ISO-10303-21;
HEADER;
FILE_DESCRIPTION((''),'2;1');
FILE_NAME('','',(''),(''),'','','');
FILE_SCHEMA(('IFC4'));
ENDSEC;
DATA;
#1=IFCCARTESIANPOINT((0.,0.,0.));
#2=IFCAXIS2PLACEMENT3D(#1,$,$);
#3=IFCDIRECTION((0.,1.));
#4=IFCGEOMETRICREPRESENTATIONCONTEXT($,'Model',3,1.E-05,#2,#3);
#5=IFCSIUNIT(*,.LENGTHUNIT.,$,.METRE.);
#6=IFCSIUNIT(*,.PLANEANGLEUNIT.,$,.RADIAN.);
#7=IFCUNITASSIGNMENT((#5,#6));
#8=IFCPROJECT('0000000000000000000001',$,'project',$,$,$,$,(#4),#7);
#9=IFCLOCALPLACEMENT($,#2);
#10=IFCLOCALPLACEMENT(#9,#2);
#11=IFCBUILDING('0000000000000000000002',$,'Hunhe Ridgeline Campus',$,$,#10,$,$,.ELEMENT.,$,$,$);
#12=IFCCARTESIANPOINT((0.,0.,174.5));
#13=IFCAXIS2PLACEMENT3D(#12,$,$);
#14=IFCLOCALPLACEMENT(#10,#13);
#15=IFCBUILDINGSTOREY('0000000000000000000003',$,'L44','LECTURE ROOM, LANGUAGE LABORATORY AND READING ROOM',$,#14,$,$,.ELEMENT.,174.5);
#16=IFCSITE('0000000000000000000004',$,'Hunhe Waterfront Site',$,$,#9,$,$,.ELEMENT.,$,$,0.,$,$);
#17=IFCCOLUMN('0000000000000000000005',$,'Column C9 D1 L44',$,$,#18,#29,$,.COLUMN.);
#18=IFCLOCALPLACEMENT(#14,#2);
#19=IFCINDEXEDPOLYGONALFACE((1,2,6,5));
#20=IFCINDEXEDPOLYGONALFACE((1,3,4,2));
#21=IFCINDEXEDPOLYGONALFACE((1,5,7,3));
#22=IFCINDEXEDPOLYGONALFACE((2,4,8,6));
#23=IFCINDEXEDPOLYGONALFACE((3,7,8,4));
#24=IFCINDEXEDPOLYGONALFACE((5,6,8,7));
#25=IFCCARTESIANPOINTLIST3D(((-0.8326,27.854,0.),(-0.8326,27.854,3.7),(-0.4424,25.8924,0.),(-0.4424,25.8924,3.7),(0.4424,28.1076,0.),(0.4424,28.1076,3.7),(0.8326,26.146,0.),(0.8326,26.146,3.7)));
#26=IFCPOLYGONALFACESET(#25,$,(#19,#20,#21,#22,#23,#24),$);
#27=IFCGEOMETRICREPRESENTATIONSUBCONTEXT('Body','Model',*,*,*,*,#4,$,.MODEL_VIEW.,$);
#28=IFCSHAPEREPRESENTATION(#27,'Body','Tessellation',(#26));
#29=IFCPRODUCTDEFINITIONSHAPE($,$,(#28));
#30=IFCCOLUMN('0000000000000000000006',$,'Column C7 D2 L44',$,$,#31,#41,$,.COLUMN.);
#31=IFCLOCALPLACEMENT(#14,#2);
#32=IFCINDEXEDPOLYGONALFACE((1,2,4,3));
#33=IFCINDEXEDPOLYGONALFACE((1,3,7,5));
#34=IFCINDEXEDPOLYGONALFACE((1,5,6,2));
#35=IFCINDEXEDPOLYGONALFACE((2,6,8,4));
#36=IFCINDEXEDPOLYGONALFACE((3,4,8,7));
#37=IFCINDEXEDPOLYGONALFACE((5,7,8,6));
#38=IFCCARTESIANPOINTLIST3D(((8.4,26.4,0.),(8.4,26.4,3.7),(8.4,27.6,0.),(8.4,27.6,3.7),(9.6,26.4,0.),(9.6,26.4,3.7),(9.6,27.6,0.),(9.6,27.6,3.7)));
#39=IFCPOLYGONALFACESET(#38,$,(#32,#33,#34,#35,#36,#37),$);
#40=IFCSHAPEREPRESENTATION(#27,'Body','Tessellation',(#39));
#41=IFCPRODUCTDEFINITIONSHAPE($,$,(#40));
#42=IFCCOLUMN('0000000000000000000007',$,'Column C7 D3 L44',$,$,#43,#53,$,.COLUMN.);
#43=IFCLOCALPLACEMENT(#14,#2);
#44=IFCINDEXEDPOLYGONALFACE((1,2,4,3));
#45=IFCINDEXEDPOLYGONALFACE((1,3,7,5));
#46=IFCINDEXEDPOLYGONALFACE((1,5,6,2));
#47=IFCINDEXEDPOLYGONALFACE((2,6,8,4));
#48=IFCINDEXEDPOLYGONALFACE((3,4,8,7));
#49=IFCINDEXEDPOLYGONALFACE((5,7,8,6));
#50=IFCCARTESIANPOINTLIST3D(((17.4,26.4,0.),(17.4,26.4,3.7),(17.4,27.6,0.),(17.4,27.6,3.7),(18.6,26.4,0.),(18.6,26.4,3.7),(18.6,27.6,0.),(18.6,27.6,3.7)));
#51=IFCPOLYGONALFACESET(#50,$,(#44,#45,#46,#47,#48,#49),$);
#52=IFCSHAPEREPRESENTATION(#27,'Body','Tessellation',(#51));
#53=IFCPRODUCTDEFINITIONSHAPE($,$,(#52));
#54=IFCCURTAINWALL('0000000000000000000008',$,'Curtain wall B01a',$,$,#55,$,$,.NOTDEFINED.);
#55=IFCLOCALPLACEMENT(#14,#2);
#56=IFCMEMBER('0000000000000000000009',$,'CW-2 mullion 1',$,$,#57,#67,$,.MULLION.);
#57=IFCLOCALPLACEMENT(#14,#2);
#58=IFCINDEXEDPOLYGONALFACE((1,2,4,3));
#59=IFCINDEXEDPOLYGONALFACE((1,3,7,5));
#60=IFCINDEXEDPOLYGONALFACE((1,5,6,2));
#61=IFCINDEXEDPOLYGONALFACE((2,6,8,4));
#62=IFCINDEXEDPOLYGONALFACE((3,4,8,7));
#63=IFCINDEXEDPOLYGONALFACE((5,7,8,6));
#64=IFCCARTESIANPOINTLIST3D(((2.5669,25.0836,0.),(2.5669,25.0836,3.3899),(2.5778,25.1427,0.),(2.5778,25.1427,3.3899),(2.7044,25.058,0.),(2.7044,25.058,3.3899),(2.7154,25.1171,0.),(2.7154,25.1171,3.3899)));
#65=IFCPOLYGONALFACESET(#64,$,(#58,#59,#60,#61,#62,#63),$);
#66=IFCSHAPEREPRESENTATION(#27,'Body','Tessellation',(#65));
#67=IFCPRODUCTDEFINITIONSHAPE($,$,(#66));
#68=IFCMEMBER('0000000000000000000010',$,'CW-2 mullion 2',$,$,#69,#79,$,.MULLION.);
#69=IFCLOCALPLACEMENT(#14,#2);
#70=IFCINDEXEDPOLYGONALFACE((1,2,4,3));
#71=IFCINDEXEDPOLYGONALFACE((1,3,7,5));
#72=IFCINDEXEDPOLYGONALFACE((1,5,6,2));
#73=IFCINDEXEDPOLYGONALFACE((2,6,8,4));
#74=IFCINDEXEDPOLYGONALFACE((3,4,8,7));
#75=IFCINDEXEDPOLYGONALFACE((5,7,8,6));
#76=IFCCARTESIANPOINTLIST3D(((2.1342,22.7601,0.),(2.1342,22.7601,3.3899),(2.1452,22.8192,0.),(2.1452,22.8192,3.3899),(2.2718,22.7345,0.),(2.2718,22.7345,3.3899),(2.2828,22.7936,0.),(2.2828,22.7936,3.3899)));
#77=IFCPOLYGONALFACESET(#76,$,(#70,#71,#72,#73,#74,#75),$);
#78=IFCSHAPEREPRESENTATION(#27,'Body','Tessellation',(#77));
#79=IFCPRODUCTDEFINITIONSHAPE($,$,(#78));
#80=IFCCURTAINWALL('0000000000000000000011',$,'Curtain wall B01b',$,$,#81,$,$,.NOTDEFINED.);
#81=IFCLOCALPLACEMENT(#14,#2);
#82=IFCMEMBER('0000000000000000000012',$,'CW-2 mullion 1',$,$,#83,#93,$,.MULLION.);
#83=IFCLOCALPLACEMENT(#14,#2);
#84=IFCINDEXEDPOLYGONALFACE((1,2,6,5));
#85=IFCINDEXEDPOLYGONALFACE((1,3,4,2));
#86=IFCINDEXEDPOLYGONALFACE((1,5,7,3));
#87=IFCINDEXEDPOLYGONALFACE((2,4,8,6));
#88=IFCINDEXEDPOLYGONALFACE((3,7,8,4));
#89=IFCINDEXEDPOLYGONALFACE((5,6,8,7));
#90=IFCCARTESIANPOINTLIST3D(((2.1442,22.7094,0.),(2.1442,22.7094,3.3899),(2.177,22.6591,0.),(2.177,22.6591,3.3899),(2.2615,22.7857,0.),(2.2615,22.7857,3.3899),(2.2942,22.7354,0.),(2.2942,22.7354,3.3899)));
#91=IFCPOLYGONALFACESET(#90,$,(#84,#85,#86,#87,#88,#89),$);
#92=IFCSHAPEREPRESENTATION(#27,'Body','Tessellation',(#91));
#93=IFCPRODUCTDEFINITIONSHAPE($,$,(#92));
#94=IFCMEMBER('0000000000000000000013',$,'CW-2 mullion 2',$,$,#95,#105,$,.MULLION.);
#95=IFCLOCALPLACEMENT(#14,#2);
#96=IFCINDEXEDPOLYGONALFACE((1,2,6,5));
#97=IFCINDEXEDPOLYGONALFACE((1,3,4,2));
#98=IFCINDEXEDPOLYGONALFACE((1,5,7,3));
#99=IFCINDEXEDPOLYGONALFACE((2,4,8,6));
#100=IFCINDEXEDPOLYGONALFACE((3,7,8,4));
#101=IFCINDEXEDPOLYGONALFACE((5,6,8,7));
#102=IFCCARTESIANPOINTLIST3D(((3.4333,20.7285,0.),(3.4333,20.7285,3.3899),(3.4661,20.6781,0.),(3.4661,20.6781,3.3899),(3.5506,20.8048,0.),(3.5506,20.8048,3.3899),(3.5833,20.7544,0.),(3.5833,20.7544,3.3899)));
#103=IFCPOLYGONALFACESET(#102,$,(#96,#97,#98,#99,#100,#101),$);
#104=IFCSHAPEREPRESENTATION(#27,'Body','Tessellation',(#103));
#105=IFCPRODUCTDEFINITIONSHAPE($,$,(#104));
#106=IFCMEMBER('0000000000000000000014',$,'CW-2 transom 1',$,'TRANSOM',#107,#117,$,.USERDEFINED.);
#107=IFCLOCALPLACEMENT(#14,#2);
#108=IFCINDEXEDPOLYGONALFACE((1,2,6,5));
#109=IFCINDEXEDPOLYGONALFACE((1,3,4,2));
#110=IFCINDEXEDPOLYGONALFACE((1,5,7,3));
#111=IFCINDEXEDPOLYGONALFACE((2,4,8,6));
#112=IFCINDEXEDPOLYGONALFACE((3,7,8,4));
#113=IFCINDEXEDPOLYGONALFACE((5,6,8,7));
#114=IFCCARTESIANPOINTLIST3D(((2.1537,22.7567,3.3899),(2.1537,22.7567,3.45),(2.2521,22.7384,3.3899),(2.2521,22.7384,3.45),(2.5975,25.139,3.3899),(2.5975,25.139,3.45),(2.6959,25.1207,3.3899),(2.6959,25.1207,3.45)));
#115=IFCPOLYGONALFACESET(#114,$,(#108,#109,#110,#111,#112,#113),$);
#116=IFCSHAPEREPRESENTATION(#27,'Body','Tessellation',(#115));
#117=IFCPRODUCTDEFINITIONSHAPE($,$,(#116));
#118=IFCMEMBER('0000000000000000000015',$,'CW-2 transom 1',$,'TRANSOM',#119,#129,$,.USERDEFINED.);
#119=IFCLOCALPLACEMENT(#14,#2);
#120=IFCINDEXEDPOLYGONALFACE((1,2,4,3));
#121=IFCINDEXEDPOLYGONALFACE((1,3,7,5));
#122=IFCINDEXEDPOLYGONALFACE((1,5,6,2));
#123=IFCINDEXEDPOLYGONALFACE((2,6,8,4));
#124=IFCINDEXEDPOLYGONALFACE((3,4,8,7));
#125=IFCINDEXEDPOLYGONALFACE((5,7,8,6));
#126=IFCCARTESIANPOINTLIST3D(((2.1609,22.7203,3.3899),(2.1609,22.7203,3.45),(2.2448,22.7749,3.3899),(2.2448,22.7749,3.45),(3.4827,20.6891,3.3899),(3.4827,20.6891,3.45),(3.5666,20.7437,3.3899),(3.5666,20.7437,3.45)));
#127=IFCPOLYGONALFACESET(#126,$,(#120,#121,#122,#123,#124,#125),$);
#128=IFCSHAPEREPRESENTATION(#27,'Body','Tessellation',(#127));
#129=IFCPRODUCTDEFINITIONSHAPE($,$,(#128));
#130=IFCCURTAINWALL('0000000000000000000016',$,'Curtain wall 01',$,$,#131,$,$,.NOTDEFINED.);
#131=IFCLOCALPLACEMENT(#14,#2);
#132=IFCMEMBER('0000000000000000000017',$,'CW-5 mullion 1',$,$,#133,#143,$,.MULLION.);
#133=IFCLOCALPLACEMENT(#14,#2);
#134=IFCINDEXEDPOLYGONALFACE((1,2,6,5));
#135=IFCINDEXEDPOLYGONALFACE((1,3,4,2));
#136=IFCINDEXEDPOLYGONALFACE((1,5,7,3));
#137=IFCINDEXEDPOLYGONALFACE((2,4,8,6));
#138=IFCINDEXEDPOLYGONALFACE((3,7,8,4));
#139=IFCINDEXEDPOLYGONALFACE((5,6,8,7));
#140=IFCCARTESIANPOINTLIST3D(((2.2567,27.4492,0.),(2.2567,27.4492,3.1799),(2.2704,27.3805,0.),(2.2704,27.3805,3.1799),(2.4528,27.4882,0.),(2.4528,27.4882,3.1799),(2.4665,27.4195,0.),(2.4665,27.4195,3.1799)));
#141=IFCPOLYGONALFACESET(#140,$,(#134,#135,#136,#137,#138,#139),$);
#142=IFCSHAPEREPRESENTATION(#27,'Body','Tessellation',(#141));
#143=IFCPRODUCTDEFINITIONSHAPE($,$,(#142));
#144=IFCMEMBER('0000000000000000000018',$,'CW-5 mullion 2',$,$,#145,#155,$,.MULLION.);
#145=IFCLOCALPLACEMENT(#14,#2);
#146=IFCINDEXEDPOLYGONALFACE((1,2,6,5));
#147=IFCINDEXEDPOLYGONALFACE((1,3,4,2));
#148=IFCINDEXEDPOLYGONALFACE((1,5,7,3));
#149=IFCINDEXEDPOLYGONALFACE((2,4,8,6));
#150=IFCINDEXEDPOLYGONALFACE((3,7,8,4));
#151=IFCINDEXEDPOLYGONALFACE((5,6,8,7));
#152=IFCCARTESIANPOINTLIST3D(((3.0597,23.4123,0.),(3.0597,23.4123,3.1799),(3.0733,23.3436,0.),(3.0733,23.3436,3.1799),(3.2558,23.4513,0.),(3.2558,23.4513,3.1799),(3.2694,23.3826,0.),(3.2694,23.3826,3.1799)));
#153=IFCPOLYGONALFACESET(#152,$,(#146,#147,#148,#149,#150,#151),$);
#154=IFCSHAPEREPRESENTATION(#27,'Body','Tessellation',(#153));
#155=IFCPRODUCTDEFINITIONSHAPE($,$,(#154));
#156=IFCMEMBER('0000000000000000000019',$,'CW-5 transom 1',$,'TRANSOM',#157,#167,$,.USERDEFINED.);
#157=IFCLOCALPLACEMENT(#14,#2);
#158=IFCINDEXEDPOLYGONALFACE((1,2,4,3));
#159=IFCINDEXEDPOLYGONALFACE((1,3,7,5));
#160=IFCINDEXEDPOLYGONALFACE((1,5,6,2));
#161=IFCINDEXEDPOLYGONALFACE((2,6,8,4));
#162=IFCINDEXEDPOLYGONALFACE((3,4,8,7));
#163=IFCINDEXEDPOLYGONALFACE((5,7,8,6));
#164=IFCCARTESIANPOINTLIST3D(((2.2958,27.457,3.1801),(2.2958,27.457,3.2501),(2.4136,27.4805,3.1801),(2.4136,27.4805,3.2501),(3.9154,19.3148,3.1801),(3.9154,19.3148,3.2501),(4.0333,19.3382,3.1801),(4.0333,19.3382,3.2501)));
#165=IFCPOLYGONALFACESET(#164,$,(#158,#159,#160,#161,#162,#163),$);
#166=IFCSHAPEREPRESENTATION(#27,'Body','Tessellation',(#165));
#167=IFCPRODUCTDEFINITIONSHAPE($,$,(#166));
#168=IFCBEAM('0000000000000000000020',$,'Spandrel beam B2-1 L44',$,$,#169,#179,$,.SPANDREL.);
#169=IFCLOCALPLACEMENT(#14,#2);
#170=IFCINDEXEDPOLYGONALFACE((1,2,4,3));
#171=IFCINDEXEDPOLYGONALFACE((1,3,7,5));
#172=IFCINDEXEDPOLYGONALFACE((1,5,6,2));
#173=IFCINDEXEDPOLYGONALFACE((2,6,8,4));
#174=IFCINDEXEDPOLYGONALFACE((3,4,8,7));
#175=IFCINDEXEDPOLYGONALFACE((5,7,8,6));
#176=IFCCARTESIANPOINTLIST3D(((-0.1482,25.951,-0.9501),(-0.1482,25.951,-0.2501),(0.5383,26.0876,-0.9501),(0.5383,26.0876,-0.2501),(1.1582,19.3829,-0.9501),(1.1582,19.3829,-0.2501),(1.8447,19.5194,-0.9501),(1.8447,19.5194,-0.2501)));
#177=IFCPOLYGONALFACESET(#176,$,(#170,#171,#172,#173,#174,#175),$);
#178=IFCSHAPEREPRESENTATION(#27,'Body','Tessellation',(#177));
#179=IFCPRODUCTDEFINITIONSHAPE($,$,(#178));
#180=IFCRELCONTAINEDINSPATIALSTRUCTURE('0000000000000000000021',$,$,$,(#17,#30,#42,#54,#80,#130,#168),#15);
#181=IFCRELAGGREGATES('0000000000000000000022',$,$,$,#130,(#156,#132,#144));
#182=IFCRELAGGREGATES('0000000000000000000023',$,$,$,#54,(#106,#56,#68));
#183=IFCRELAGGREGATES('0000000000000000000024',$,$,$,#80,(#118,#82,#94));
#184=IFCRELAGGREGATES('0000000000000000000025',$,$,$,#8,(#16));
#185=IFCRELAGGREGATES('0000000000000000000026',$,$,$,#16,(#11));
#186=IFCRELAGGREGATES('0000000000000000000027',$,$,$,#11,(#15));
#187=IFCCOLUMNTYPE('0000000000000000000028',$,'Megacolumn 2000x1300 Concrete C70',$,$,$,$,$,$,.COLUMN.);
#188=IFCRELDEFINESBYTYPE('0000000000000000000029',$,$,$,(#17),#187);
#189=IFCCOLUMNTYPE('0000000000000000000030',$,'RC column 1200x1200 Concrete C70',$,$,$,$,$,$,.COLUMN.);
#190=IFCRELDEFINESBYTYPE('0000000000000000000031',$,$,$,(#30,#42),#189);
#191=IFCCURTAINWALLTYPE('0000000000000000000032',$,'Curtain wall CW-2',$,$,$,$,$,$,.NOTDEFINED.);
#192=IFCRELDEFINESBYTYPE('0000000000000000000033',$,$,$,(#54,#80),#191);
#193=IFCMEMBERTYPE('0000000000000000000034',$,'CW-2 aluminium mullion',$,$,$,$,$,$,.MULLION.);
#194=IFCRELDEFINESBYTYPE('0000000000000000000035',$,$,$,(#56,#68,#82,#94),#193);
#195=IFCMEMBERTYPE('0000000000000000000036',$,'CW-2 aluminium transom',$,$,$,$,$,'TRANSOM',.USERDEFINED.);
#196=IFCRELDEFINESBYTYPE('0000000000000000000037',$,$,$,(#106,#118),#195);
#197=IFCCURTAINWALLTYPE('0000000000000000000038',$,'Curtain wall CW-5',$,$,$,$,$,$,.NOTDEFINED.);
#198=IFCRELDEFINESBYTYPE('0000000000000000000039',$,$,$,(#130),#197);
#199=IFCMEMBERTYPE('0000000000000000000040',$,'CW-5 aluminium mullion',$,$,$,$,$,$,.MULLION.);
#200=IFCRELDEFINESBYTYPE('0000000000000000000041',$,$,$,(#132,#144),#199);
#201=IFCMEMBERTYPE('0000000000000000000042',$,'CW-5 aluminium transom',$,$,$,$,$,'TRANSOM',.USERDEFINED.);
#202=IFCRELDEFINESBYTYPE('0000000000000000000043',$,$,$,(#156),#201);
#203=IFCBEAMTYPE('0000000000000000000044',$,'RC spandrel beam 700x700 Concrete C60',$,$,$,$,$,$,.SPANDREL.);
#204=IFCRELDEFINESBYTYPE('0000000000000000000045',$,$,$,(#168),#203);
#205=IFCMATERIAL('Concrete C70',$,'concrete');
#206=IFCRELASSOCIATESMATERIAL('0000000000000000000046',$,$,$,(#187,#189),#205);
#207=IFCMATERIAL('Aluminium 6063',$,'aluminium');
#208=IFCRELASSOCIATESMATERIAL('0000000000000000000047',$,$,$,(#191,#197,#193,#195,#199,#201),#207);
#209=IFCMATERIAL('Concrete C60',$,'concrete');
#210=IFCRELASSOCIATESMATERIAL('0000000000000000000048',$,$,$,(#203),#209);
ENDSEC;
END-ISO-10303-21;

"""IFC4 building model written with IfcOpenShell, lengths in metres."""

from ifc_helpers import new_model, si_unit, direction, frame, origin, origin_2d, place, context, subcontext, project, spatial, rectangle, extrude, material, material_profile, profile_set, type_object, element, aggregate, save


model = new_model("IFC4")

# Units and contexts
model_context = context("Model", 3, precision=1e-05, world=origin(), true_north=direction((0.0, 1.0)))
body_context = subcontext(model_context, "Body", "Model", "MODEL_VIEW")
ifc_project = project(units=[si_unit("LENGTHUNIT", "METRE"), si_unit("PLANEANGLEUNIT", "RADIAN")], contexts=[model_context])

# Site, building, storey
site_placement = place(None, origin())
site = spatial("IfcSite", under=ifc_project, at=site_placement, Name="Hunhe Waterfront Site", CompositionType="ELEMENT", RefElevation=0.0)
building_placement = place(site_placement, origin())
building = spatial("IfcBuilding", under=site, at=building_placement, Name="Hunhe Ridgeline Campus", CompositionType="ELEMENT")
storey_placement = place(building_placement, frame((0.0, 0.0, 174.5)))
storey = spatial("IfcBuildingStorey", under=building, at=storey_placement, Name="L44", Description="LECTURE ROOM, LANGUAGE LABORATORY AND READING ROOM", CompositionType="ELEMENT", Elevation=174.5)

# Columns
ifc_material_1 = material(Name="Concrete C70", Category="concrete")
ifc_material_profile_1 = material_profile(ifc_material_1, rectangle(XDim=2.0, YDim=1.3, at=origin_2d()))
ifc_profile_set_1 = profile_set([ifc_material_profile_1], Name="Concrete C70")
column_type_1 = type_object("IfcColumnType", Name="Megacolumn 2000x1300 Concrete C70", PredefinedType="COLUMN", material=ifc_profile_set_1)
column_placement = place(storey_placement, frame((0.0, 27.0, 0.0), z_axis=(0.0, 0.0, 1.0), x_axis=(-0.19509, 0.980785, 0.0)))
element("IfcColumn", 1, at=column_placement, inside=storey, type_object=column_type_1, Name="Column C9 D1 L44", PredefinedType="COLUMN", context=body_context, shape_type="SweptSolid", body=[
    extrude(rectangle(XDim=2.0, YDim=1.3, at=origin_2d()), origin(), (0.0, 0.0, 1.0), 3.7),
])
ifc_material_profile_2 = material_profile(ifc_material_1, rectangle(XDim=1.2, YDim=1.2, at=origin_2d()))
ifc_profile_set_2 = profile_set([ifc_material_profile_2], Name="Concrete C70")
column_type_2 = type_object("IfcColumnType", Name="RC column 1200x1200 Concrete C70", PredefinedType="COLUMN", material=ifc_profile_set_2)
for number, where, z_axis, x_axis, name in (
    (2, (9.0, 27.0, 0.0), (0.0, 0.0, 1.0), (1.0, 0.0, 0.0), "Column C7 D2 L44"),
    (3, (18.0, 27.0, 0.0), (0.0, 0.0, 1.0), (1.0, 0.0, 0.0), "Column C7 D3 L44"),
):
    element("IfcColumn", number, at=place(storey_placement, frame(where, z_axis=z_axis, x_axis=x_axis)), inside=storey, type_object=column_type_2, Name=name, PredefinedType="COLUMN", context=body_context, shape_type="SweptSolid", body=[
        extrude(rectangle(XDim=1.2, YDim=1.2, at=origin_2d()), origin(), (0.0, 0.0, 1.0), 3.7),
    ])

# Curtain walls, members
ifc_material_2 = material(Name="Aluminium 6063", Category="aluminium")
curtain_wall_type_1 = type_object("IfcCurtainWallType", Name="Curtain wall CW-2", PredefinedType="NOTDEFINED", material=ifc_material_2)
curtain_wall_1_placement = place(storey_placement, origin())
curtain_wall_1 = element("IfcCurtainWall", 4, at=curtain_wall_1_placement, inside=storey, type_object=curtain_wall_type_1, Name="Curtain wall B01a", PredefinedType="NOTDEFINED")
ifc_material_profile_3 = material_profile(ifc_material_2, rectangle(XDim=0.1399, YDim=0.0601, at=origin_2d()))
ifc_profile_set_3 = profile_set([ifc_material_profile_3], Name="Aluminium 6063")
member_type_1 = type_object("IfcMemberType", Name="CW-2 aluminium mullion", PredefinedType="MULLION", material=ifc_profile_set_3)
member_1_placement = place(storey_placement, frame((2.6411, 25.1003, 0.0), z_axis=(0.0, 0.0, 1.0), x_axis=(0.983092, -0.183113, 0.0)))
member_1 = element("IfcMember", 5, at=member_1_placement, type_object=member_type_1, Name="CW-2 mullion 1", PredefinedType="MULLION", context=body_context, shape_type="SweptSolid", body=[
    extrude(rectangle(XDim=0.1399, YDim=0.0601, at=origin_2d()), origin(), (0.0, 0.0, 1.0), 3.3899),
])
member_2_placement = place(storey_placement, frame((2.2085, 22.7769, 0.0), z_axis=(0.0, 0.0, 1.0), x_axis=(0.983092, -0.183113, 0.0)))
member_2 = element("IfcMember", 6, at=member_2_placement, type_object=member_type_1, Name="CW-2 mullion 2", PredefinedType="MULLION", context=body_context, shape_type="SweptSolid", body=[
    extrude(rectangle(XDim=0.1399, YDim=0.0601, at=origin_2d()), origin(), (0.0, 0.0, 1.0), 3.3899),
])
curtain_wall_2_placement = place(storey_placement, origin())
curtain_wall_2 = element("IfcCurtainWall", 7, at=curtain_wall_2_placement, inside=storey, type_object=curtain_wall_type_1, Name="Curtain wall B01b", PredefinedType="NOTDEFINED")
member_3_placement = place(storey_placement, frame((2.2192, 22.7224, 0.0), z_axis=(0.0, 0.0, 1.0), x_axis=(0.838179, 0.545395, 0.0)))
member_3 = element("IfcMember", 8, at=member_3_placement, type_object=member_type_1, Name="CW-2 mullion 1", PredefinedType="MULLION", context=body_context, shape_type="SweptSolid", body=[
    extrude(rectangle(XDim=0.1399, YDim=0.0601, at=origin_2d()), origin(), (0.0, 0.0, 1.0), 3.3899),
])
member_4_placement = place(storey_placement, frame((3.5083, 20.7415, 0.0), z_axis=(0.0, 0.0, 1.0), x_axis=(0.838179, 0.545395, 0.0)))
member_4 = element("IfcMember", 9, at=member_4_placement, type_object=member_type_1, Name="CW-2 mullion 2", PredefinedType="MULLION", context=body_context, shape_type="SweptSolid", body=[
    extrude(rectangle(XDim=0.1399, YDim=0.0601, at=origin_2d()), origin(), (0.0, 0.0, 1.0), 3.3899),
])

# Members
ifc_material_profile_4 = material_profile(ifc_material_2, rectangle(XDim=0.1001, YDim=0.0601, at=origin_2d()))
ifc_profile_set_4 = profile_set([ifc_material_profile_4], Name="Aluminium 6063")
member_type_2 = type_object("IfcMemberType", Name="CW-2 aluminium transom", ElementType="TRANSOM", PredefinedType="USERDEFINED", material=ifc_profile_set_4)
member_5_placement = place(storey_placement, frame((2.6467, 25.1299, 3.4199), z_axis=(-0.183157, -0.983084, 0.0), x_axis=(0.983084, -0.183157, 0.0)))
member_5 = element("IfcMember", 10, at=member_5_placement, type_object=member_type_2, Name="CW-2 transom 1", ObjectType="TRANSOM", PredefinedType="USERDEFINED", context=body_context, shape_type="SweptSolid", body=[
    extrude(rectangle(XDim=0.1001, YDim=0.0601, at=origin_2d()), origin(), (0.0, 0.0, 1.0), 2.4233),
])
member_6_placement = place(storey_placement, frame((2.2029, 22.7476, 3.4199), z_axis=(0.545413, -0.838167, 0.0), x_axis=(0.838167, 0.545413, 0.0)))
member_6 = element("IfcMember", 11, at=member_6_placement, type_object=member_type_2, Name="CW-2 transom 1", ObjectType="TRANSOM", PredefinedType="USERDEFINED", context=body_context, shape_type="SweptSolid", body=[
    extrude(rectangle(XDim=0.1001, YDim=0.0601, at=origin_2d()), origin(), (0.0, 0.0, 1.0), 2.4233),
])

# Curtain wall, members
curtain_wall_type_2 = type_object("IfcCurtainWallType", Name="Curtain wall CW-5", PredefinedType="NOTDEFINED", material=ifc_material_2)
curtain_wall_3_placement = place(storey_placement, origin())
curtain_wall_3 = element("IfcCurtainWall", 12, at=curtain_wall_3_placement, inside=storey, type_object=curtain_wall_type_2, Name="Curtain wall 01", PredefinedType="NOTDEFINED")
ifc_material_profile_5 = material_profile(ifc_material_2, rectangle(XDim=0.2, YDim=0.0701, at=origin_2d()))
ifc_profile_set_5 = profile_set([ifc_material_profile_5], Name="Aluminium 6063")
member_type_3 = type_object("IfcMemberType", Name="CW-5 aluminium mullion", PredefinedType="MULLION", material=ifc_profile_set_5)
member_7_placement = place(storey_placement, frame((2.3616, 27.4343, 0.0), z_axis=(0.0, 0.0, 1.0), x_axis=(0.980784, 0.195095, 0.0)))
member_7 = element("IfcMember", 13, at=member_7_placement, type_object=member_type_3, Name="CW-5 mullion 1", PredefinedType="MULLION", context=body_context, shape_type="SweptSolid", body=[
    extrude(rectangle(XDim=0.2, YDim=0.0701, at=origin_2d()), origin(), (0.0, 0.0, 1.0), 3.1799),
])
member_8_placement = place(storey_placement, frame((3.1646, 23.3975, 0.0), z_axis=(0.0, 0.0, 1.0), x_axis=(0.980784, 0.195095, 0.0)))
member_8 = element("IfcMember", 14, at=member_8_placement, type_object=member_type_3, Name="CW-5 mullion 2", PredefinedType="MULLION", context=body_context, shape_type="SweptSolid", body=[
    extrude(rectangle(XDim=0.2, YDim=0.0701, at=origin_2d()), origin(), (0.0, 0.0, 1.0), 3.1799),
])
ifc_material_profile_6 = material_profile(ifc_material_2, rectangle(XDim=0.1201, YDim=0.0701, at=origin_2d()))
ifc_profile_set_6 = profile_set([ifc_material_profile_6], Name="Aluminium 6063")
member_type_4 = type_object("IfcMemberType", Name="CW-5 aluminium transom", ElementType="TRANSOM", PredefinedType="USERDEFINED", material=ifc_profile_set_6)
member_9_placement = place(storey_placement, frame((2.3547, 27.4688, 3.2151), z_axis=(0.195092, -0.980785, 0.0), x_axis=(0.980785, 0.195092, 0.0)))
member_9 = element("IfcMember", 15, at=member_9_placement, type_object=member_type_4, Name="CW-5 transom 1", ObjectType="TRANSOM", PredefinedType="USERDEFINED", context=body_context, shape_type="SweptSolid", body=[
    extrude(rectangle(XDim=0.1201, YDim=0.0701, at=origin_2d()), origin(), (0.0, 0.0, 1.0), 8.3018),
])

# Beam
ifc_material_3 = material(Name="Concrete C60", Category="concrete")
ifc_material_profile_7 = material_profile(ifc_material_3, rectangle(XDim=0.7, YDim=0.7, at=origin_2d()))
ifc_profile_set_7 = profile_set([ifc_material_profile_7], Name="Concrete C60")
beam_type = type_object("IfcBeamType", Name="RC spandrel beam 700x700 Concrete C60", PredefinedType="SPANDREL", material=ifc_profile_set_7)
beam_placement = place(storey_placement, frame((0.1951, 26.0193, -0.6001), z_axis=(0.195078, -0.980788, 0.0), x_axis=(0.980788, 0.195078, 0.0)))
element("IfcBeam", 16, at=beam_placement, inside=storey, type_object=beam_type, Name="Spandrel beam B2-1 L44", PredefinedType="SPANDREL", context=body_context, shape_type="SweptSolid", body=[
    extrude(rectangle(XDim=0.7, YDim=0.7, at=origin_2d()), origin(), (0.0, 0.0, 1.0), 6.6968),
])

aggregate(curtain_wall_3, [member_9, member_7, member_8])
aggregate(curtain_wall_1, [member_5, member_1, member_2])
aggregate(curtain_wall_2, [member_6, member_3, member_4])

save(model, "model.ifc")
